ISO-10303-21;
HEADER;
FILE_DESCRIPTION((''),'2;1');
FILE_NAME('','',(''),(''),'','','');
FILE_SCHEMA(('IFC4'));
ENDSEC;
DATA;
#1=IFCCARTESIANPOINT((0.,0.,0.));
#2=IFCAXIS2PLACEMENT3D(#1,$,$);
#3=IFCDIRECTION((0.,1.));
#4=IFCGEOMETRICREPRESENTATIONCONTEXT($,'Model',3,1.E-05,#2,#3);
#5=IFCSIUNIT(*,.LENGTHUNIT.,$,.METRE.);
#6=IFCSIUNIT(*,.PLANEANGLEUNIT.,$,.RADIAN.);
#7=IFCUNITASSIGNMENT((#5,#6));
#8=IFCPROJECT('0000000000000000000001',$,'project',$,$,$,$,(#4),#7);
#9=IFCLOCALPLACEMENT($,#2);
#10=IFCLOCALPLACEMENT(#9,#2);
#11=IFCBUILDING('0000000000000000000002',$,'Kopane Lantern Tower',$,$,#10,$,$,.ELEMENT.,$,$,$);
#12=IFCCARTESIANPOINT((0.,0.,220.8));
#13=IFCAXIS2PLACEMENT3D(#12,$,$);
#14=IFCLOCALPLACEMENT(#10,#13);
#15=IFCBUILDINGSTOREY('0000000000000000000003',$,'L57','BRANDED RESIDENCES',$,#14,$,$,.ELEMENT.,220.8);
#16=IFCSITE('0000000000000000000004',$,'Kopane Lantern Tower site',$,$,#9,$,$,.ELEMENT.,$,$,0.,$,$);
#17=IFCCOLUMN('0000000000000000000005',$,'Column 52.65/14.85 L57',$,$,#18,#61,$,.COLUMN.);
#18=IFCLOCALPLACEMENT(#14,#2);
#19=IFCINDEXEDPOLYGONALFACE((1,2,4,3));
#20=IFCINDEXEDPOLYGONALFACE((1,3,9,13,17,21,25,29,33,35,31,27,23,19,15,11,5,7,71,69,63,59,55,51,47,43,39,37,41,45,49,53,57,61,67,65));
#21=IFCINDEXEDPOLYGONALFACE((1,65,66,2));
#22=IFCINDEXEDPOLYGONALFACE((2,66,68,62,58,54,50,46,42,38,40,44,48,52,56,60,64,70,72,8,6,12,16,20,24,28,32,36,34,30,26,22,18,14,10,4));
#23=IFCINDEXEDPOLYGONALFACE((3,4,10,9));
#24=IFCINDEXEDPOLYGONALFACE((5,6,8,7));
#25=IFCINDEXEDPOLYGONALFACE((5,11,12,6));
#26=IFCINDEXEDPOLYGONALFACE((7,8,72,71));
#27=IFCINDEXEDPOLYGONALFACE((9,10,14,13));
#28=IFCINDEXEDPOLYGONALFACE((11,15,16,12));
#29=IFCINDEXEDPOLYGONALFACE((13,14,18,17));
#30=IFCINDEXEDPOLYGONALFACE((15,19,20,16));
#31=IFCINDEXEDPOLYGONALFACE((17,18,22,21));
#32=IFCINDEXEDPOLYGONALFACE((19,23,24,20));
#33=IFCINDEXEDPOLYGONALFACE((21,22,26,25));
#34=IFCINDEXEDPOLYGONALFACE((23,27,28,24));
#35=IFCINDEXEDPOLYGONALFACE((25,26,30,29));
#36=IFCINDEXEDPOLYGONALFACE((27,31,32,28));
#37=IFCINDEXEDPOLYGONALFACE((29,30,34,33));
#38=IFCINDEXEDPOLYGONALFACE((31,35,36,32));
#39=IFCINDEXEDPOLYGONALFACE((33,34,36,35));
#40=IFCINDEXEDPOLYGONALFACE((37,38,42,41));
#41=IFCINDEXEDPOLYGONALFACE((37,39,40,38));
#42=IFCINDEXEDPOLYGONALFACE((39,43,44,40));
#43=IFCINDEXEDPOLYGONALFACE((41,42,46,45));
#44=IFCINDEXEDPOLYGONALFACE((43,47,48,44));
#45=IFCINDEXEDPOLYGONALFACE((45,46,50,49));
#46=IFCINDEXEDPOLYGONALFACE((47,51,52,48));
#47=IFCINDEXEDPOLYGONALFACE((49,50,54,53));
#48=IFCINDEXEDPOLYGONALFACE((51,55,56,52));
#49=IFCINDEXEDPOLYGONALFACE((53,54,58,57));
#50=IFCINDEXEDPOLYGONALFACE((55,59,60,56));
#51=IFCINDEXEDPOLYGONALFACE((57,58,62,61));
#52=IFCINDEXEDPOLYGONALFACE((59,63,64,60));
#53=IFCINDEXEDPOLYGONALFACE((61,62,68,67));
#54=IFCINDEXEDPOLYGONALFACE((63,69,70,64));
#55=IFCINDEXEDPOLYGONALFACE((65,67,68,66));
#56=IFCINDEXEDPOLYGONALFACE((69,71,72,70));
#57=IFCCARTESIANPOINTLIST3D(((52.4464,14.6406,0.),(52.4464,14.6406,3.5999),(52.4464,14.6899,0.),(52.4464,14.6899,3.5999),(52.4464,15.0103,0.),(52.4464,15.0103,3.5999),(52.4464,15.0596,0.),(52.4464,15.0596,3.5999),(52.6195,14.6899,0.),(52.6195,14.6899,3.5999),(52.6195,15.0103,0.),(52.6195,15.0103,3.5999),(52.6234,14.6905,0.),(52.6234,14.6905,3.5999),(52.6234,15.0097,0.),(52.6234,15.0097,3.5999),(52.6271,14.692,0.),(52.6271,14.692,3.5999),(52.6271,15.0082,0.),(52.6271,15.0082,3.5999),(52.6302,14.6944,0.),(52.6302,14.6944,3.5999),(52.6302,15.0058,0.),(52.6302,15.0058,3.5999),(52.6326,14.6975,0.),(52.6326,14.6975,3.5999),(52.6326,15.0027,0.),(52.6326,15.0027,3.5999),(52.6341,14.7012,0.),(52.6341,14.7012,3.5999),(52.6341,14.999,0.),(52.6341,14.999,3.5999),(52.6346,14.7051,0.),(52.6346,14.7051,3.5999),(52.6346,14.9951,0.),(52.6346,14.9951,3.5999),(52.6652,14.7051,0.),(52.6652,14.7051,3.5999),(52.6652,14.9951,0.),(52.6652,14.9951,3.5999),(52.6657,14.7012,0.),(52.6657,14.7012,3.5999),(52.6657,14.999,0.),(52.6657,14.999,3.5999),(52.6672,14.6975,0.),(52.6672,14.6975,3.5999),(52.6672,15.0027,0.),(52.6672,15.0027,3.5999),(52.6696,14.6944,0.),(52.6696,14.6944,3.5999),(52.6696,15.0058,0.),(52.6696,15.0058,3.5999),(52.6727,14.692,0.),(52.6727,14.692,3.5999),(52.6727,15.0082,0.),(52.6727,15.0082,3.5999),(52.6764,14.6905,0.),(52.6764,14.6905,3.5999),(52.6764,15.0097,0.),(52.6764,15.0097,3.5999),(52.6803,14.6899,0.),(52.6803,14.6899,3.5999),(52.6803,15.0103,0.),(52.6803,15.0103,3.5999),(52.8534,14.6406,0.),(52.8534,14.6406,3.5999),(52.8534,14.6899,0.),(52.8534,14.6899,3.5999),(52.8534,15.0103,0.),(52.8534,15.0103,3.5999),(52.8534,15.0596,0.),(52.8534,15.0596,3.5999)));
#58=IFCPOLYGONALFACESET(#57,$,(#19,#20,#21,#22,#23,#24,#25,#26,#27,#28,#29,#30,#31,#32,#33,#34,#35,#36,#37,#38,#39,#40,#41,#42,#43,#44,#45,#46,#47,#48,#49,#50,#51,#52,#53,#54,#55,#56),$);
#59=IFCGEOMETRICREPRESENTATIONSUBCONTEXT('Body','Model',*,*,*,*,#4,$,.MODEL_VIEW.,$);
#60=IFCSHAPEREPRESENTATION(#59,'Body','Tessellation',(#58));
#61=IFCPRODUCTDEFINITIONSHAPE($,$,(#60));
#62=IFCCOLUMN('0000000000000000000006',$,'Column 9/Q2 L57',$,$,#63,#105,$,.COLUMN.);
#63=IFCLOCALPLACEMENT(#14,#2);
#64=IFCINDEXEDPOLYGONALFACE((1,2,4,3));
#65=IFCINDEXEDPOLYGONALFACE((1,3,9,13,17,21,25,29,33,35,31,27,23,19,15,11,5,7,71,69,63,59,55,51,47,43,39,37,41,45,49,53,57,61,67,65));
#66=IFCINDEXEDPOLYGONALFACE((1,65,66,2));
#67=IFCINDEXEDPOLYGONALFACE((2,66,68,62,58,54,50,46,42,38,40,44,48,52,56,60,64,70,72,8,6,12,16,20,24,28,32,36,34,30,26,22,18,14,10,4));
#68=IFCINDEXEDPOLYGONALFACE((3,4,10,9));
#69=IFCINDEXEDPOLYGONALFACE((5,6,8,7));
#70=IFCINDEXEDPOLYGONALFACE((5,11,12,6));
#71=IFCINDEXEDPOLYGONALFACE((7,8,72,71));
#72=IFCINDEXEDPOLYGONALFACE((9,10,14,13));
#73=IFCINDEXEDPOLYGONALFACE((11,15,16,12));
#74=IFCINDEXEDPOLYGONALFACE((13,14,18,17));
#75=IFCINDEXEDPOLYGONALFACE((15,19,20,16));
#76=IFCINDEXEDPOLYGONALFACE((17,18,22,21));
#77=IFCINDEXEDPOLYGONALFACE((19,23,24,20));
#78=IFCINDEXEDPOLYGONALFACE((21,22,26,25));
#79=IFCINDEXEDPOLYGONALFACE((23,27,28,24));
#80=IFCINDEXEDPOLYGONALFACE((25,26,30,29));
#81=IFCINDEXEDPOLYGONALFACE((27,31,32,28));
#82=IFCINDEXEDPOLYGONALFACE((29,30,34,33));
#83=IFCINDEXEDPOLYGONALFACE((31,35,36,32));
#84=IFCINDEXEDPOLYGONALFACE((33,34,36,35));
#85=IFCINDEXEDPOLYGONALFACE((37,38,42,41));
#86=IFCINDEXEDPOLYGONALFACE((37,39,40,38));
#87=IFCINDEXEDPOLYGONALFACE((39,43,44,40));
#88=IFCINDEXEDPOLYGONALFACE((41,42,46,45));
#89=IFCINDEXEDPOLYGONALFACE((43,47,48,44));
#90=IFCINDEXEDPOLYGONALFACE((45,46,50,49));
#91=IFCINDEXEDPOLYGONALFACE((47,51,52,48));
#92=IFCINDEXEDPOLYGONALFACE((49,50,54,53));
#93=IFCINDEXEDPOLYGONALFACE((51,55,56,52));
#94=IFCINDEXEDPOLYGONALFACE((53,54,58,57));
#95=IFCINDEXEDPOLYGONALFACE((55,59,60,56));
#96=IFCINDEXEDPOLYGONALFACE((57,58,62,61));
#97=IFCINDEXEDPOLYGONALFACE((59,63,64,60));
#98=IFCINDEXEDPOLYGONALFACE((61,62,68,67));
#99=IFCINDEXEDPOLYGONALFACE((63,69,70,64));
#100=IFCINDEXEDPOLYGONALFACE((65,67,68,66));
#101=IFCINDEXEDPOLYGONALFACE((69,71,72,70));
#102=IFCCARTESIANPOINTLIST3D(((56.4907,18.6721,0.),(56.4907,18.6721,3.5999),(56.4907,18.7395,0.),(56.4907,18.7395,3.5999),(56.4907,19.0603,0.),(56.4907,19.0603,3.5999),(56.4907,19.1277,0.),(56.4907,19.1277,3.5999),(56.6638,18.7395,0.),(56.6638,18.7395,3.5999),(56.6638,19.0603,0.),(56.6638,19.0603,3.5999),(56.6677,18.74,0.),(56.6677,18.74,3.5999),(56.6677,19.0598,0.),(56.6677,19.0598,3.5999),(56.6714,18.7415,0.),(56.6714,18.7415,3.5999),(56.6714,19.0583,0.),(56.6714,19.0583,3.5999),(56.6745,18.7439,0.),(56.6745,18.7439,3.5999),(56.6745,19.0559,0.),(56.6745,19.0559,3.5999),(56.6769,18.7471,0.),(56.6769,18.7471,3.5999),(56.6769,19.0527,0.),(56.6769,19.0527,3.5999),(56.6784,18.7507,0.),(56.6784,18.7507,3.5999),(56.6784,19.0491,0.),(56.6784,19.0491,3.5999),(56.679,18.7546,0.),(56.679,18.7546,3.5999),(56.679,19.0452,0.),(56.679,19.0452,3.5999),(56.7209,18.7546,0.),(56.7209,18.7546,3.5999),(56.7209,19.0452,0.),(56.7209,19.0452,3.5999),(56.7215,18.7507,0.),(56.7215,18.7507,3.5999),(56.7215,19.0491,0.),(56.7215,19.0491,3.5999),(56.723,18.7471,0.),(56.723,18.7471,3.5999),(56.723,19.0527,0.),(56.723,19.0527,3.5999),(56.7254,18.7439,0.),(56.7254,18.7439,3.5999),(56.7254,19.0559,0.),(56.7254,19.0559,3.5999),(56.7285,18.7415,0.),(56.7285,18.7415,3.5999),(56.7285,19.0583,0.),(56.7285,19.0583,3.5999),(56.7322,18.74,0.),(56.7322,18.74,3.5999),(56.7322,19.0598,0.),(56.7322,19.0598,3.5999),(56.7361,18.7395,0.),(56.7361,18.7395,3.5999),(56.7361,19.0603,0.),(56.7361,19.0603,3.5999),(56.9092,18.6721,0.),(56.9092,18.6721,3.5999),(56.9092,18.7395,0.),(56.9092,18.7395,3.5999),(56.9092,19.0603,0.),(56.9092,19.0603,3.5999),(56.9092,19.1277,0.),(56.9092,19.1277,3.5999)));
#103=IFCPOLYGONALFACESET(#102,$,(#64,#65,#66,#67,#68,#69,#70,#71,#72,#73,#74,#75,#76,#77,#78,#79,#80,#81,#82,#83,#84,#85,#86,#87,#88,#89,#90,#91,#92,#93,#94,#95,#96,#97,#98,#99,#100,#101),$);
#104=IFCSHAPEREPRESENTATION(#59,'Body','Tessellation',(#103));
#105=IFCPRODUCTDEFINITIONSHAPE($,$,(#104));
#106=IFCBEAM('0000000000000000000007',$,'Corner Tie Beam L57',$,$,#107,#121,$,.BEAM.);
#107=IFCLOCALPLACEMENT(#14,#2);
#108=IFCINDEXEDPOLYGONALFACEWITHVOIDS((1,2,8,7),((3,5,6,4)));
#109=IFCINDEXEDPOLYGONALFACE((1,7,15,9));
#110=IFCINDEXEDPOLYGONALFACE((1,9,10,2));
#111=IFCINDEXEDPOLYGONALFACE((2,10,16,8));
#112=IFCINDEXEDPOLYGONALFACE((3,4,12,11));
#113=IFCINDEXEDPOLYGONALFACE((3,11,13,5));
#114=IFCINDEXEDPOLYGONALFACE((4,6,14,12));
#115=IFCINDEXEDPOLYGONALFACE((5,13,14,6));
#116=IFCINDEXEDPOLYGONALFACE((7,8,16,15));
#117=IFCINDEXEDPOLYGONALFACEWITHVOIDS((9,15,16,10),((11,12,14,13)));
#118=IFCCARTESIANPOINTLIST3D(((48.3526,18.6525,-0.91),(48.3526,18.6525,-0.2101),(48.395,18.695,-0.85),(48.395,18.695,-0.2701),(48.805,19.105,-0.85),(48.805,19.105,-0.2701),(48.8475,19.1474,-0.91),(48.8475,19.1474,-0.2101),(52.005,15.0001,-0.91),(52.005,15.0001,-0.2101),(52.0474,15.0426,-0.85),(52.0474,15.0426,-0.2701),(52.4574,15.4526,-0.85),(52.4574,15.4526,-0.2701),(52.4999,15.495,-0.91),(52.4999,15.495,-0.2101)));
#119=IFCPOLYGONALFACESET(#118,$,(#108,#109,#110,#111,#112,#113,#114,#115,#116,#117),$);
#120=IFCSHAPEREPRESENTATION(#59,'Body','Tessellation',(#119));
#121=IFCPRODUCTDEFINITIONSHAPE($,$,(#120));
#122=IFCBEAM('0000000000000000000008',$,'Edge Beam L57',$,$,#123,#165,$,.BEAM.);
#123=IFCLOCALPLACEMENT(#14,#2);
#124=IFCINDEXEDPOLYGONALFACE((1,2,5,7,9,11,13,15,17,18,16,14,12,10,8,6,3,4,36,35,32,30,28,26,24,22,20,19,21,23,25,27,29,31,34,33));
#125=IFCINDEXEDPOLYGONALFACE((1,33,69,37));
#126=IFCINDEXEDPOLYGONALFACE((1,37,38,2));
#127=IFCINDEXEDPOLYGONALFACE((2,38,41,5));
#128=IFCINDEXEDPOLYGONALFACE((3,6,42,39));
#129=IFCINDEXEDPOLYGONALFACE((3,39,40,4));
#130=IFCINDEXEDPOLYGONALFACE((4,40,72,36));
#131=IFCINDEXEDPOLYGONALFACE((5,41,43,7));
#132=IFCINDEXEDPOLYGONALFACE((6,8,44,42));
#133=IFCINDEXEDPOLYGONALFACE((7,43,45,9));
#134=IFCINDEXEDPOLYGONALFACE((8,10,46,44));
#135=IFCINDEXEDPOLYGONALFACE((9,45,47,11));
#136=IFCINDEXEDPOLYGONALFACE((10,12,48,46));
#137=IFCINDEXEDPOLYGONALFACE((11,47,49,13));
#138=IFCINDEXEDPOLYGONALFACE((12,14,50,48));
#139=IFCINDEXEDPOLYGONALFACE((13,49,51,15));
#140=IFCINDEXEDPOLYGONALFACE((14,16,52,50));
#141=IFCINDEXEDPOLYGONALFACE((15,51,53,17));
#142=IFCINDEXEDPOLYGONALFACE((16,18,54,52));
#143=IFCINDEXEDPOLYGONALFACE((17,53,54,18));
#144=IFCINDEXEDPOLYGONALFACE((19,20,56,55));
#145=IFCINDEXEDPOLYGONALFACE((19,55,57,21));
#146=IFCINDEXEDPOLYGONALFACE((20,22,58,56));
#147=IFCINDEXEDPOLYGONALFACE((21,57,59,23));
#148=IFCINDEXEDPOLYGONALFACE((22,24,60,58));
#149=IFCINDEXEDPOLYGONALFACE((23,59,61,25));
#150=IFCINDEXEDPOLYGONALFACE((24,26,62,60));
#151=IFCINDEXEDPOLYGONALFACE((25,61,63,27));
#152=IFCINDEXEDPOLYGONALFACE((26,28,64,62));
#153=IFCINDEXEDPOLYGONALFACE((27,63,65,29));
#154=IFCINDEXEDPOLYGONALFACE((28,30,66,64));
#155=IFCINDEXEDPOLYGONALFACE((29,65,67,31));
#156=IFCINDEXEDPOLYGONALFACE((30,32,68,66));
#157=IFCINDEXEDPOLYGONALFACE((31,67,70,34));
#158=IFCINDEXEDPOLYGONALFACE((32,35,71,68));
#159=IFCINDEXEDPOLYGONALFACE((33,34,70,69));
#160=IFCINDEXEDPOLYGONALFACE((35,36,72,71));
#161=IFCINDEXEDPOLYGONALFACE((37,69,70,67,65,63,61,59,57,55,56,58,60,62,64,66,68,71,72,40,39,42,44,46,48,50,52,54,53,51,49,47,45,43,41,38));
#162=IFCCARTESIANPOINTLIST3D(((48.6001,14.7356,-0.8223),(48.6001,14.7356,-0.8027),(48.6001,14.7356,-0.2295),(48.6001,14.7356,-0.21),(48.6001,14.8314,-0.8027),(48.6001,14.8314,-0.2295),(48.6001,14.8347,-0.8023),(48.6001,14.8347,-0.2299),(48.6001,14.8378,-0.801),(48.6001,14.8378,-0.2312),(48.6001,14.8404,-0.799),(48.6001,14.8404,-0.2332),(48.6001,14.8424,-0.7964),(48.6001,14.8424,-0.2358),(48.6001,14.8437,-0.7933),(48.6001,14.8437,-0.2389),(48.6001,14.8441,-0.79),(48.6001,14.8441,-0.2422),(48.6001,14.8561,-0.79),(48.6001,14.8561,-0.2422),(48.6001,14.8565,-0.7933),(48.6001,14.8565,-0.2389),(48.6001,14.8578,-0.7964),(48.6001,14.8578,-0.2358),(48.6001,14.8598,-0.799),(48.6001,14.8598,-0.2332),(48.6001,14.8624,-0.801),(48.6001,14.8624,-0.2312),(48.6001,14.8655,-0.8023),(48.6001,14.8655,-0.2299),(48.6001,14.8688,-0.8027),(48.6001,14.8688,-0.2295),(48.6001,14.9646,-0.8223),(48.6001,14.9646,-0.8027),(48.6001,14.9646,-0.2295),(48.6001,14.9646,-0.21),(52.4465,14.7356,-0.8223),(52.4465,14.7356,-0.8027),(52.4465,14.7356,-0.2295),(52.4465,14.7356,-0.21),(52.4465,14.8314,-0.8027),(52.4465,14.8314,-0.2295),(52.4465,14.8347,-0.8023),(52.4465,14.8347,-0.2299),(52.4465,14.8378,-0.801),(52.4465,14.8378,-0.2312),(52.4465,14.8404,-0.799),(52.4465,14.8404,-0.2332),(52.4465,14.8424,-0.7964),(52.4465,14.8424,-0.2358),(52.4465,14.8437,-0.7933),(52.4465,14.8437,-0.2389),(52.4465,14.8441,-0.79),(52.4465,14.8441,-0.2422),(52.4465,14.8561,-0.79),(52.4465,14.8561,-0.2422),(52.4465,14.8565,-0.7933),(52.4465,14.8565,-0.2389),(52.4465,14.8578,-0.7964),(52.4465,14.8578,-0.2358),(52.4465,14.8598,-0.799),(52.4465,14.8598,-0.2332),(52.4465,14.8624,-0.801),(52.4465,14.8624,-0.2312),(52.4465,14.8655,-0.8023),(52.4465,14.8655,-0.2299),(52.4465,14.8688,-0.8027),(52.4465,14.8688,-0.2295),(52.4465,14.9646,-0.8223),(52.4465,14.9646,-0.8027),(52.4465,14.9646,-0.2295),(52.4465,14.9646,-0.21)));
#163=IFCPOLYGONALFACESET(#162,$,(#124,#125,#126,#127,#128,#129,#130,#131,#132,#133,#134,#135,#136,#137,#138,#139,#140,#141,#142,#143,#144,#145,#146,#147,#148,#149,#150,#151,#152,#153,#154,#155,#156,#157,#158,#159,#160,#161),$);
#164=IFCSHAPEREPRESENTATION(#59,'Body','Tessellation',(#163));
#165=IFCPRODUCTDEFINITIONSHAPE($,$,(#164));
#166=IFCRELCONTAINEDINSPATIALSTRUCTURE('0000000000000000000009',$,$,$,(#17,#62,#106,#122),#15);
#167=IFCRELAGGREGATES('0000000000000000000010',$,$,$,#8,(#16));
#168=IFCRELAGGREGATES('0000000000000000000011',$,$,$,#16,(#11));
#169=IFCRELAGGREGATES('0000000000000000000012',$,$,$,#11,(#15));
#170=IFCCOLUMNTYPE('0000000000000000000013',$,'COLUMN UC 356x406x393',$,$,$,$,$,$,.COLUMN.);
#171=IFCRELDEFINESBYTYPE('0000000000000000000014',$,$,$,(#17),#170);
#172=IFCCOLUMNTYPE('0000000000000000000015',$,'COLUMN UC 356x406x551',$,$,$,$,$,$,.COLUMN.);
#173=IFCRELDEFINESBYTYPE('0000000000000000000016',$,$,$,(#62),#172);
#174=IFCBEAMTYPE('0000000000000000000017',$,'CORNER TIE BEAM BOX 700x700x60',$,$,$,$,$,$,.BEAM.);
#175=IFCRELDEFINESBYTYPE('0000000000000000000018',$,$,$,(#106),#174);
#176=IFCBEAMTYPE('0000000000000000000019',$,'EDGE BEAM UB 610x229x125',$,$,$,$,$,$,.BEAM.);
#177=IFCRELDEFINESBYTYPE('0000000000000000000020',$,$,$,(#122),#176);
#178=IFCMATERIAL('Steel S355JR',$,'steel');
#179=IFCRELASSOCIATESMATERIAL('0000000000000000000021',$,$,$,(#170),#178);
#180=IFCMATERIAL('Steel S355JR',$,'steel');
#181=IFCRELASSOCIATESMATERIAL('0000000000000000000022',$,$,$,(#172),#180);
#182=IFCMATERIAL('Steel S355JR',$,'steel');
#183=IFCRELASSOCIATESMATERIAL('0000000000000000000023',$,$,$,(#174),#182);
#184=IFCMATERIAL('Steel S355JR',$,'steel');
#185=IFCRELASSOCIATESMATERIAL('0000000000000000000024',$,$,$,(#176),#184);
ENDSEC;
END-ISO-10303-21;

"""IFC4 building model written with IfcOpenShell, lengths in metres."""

from ifc_helpers import new_model, si_unit, direction, frame, origin, origin_2d, place, context, subcontext, project, spatial, hollow_rectangle, i_section, extrude, material, material_profile, profile_set, type_object, element, save


model = new_model("IFC4")

# Units and contexts
model_context = context("Model", 3, precision=1e-05, world=origin(), true_north=direction((0.0, 1.0)))
body_context = subcontext(model_context, "Body", "Model", "MODEL_VIEW")
ifc_project = project(units=[si_unit("LENGTHUNIT", "METRE"), si_unit("PLANEANGLEUNIT", "RADIAN")], contexts=[model_context])

# Site, building, storey
site_placement = place(None, origin())
site = spatial("IfcSite", under=ifc_project, at=site_placement, Name="Kopane Lantern Tower site", CompositionType="ELEMENT", RefElevation=0.0)
building_placement = place(site_placement, origin())
building = spatial("IfcBuilding", under=site, at=building_placement, Name="Kopane Lantern Tower", CompositionType="ELEMENT")
storey_placement = place(building_placement, frame((0.0, 0.0, 220.8)))
storey = spatial("IfcBuildingStorey", under=building, at=storey_placement, Name="L57", Description="BRANDED RESIDENCES", CompositionType="ELEMENT", Elevation=220.8)

# Columns
ifc_material_1 = material(Name="Steel S355JR", Category="steel")
ifc_material_profile_1 = material_profile(ifc_material_1, i_section(OverallWidth=0.407, OverallDepth=0.4189, WebThickness=0.0305, FlangeThickness=0.0493, FilletRadius=0.0151, at=origin_2d()), Name="UC 356x406x393")
ifc_profile_set_1 = profile_set([ifc_material_profile_1], Name="Steel S355JR")
column_type_1 = type_object("IfcColumnType", Name="COLUMN UC 356x406x393", PredefinedType="COLUMN", material=ifc_profile_set_1)
column_1_placement = place(storey_placement, frame((52.6499, 14.8501, 0.0), z_axis=(0.0, 0.0, 1.0), x_axis=(1.0, 0.0, 0.0)))
element("IfcColumn", 1, at=column_1_placement, inside=storey, type_object=column_type_1, Name="Column 52.65/14.85 L57", PredefinedType="COLUMN", context=body_context, shape_type="SweptSolid", body=[
    extrude(i_section(OverallWidth=0.407, OverallDepth=0.4189, WebThickness=0.0305, FlangeThickness=0.0493, FilletRadius=0.0151, at=origin_2d()), origin(), (0.0, 0.0, 1.0), 3.5999),
])
ifc_material_2 = material(Name="Steel S355JR", Category="steel")
ifc_material_profile_2 = material_profile(ifc_material_2, i_section(OverallWidth=0.4185, OverallDepth=0.4556, WebThickness=0.042, FlangeThickness=0.0674, FilletRadius=0.0151, at=origin_2d()), Name="UC 356x406x551")
ifc_profile_set_2 = profile_set([ifc_material_profile_2], Name="Steel S355JR")
column_type_2 = type_object("IfcColumnType", Name="COLUMN UC 356x406x551", PredefinedType="COLUMN", material=ifc_profile_set_2)
column_2_placement = place(storey_placement, frame((56.7, 18.8999, 0.0), z_axis=(0.0, 0.0, 1.0), x_axis=(1.0, 0.0, 0.0)))
element("IfcColumn", 2, at=column_2_placement, inside=storey, type_object=column_type_2, Name="Column 9/Q2 L57", PredefinedType="COLUMN", context=body_context, shape_type="SweptSolid", body=[
    extrude(i_section(OverallWidth=0.4185, OverallDepth=0.4556, WebThickness=0.042, FlangeThickness=0.0674, FilletRadius=0.0151, at=origin_2d()), origin(), (0.0, 0.0, 1.0), 3.5999),
])

# Beams
ifc_material_3 = material(Name="Steel S355JR", Category="steel")
ifc_material_profile_3 = material_profile(ifc_material_3, hollow_rectangle(XDim=0.7, YDim=0.7, WallThickness=0.0601, at=origin_2d()), Name="BOX 700x700x60")
ifc_profile_set_3 = profile_set([ifc_material_profile_3], Name="Steel S355JR")
beam_type_1 = type_object("IfcBeamType", Name="CORNER TIE BEAM BOX 700x700x60", PredefinedType="BEAM", material=ifc_profile_set_3)
beam_1_placement = place(storey_placement, frame((52.2524, 15.2476, -0.5601), z_axis=(-0.707107, 0.707107, 0.0), x_axis=(-0.707107, -0.707107, 0.0)))
element("IfcBeam", 3, at=beam_1_placement, inside=storey, type_object=beam_type_1, Name="Corner Tie Beam L57", PredefinedType="BEAM", context=body_context, shape_type="SweptSolid", body=[
    extrude(hollow_rectangle(XDim=0.7, YDim=0.7, WallThickness=0.0601, at=origin_2d()), origin(), (0.0, 0.0, 1.0), 5.1653),
])
ifc_material_4 = material(Name="Steel S355JR", Category="steel")
ifc_material_profile_4 = material_profile(ifc_material_4, i_section(OverallWidth=0.229, OverallDepth=0.6123, WebThickness=0.012, FlangeThickness=0.0195, FilletRadius=0.0127, at=origin_2d()), Name="UB 610x229x125")
ifc_profile_set_4 = profile_set([ifc_material_profile_4], Name="Steel S355JR")
beam_type_2 = type_object("IfcBeamType", Name="EDGE BEAM UB 610x229x125", PredefinedType="BEAM", material=ifc_profile_set_4)
for number, where, z_axis, x_axis, name in (
    (4, (52.4465, 14.8501, -0.5161), (-1.0, 0.0, 0.0), (0.0, -1.0, 0.0), "Edge Beam L57"),
):
    element("IfcBeam", number, at=place(storey_placement, frame(where, z_axis=z_axis, x_axis=x_axis)), inside=storey, type_object=beam_type_2, Name=name, PredefinedType="BEAM", context=body_context, shape_type="SweptSolid", body=[
        extrude(i_section(OverallWidth=0.229, OverallDepth=0.6123, WebThickness=0.012, FlangeThickness=0.0195, FilletRadius=0.0127, at=origin_2d()), origin(), (0.0, 0.0, 1.0), 3.8464),
    ])

save(model, "model.ifc")
